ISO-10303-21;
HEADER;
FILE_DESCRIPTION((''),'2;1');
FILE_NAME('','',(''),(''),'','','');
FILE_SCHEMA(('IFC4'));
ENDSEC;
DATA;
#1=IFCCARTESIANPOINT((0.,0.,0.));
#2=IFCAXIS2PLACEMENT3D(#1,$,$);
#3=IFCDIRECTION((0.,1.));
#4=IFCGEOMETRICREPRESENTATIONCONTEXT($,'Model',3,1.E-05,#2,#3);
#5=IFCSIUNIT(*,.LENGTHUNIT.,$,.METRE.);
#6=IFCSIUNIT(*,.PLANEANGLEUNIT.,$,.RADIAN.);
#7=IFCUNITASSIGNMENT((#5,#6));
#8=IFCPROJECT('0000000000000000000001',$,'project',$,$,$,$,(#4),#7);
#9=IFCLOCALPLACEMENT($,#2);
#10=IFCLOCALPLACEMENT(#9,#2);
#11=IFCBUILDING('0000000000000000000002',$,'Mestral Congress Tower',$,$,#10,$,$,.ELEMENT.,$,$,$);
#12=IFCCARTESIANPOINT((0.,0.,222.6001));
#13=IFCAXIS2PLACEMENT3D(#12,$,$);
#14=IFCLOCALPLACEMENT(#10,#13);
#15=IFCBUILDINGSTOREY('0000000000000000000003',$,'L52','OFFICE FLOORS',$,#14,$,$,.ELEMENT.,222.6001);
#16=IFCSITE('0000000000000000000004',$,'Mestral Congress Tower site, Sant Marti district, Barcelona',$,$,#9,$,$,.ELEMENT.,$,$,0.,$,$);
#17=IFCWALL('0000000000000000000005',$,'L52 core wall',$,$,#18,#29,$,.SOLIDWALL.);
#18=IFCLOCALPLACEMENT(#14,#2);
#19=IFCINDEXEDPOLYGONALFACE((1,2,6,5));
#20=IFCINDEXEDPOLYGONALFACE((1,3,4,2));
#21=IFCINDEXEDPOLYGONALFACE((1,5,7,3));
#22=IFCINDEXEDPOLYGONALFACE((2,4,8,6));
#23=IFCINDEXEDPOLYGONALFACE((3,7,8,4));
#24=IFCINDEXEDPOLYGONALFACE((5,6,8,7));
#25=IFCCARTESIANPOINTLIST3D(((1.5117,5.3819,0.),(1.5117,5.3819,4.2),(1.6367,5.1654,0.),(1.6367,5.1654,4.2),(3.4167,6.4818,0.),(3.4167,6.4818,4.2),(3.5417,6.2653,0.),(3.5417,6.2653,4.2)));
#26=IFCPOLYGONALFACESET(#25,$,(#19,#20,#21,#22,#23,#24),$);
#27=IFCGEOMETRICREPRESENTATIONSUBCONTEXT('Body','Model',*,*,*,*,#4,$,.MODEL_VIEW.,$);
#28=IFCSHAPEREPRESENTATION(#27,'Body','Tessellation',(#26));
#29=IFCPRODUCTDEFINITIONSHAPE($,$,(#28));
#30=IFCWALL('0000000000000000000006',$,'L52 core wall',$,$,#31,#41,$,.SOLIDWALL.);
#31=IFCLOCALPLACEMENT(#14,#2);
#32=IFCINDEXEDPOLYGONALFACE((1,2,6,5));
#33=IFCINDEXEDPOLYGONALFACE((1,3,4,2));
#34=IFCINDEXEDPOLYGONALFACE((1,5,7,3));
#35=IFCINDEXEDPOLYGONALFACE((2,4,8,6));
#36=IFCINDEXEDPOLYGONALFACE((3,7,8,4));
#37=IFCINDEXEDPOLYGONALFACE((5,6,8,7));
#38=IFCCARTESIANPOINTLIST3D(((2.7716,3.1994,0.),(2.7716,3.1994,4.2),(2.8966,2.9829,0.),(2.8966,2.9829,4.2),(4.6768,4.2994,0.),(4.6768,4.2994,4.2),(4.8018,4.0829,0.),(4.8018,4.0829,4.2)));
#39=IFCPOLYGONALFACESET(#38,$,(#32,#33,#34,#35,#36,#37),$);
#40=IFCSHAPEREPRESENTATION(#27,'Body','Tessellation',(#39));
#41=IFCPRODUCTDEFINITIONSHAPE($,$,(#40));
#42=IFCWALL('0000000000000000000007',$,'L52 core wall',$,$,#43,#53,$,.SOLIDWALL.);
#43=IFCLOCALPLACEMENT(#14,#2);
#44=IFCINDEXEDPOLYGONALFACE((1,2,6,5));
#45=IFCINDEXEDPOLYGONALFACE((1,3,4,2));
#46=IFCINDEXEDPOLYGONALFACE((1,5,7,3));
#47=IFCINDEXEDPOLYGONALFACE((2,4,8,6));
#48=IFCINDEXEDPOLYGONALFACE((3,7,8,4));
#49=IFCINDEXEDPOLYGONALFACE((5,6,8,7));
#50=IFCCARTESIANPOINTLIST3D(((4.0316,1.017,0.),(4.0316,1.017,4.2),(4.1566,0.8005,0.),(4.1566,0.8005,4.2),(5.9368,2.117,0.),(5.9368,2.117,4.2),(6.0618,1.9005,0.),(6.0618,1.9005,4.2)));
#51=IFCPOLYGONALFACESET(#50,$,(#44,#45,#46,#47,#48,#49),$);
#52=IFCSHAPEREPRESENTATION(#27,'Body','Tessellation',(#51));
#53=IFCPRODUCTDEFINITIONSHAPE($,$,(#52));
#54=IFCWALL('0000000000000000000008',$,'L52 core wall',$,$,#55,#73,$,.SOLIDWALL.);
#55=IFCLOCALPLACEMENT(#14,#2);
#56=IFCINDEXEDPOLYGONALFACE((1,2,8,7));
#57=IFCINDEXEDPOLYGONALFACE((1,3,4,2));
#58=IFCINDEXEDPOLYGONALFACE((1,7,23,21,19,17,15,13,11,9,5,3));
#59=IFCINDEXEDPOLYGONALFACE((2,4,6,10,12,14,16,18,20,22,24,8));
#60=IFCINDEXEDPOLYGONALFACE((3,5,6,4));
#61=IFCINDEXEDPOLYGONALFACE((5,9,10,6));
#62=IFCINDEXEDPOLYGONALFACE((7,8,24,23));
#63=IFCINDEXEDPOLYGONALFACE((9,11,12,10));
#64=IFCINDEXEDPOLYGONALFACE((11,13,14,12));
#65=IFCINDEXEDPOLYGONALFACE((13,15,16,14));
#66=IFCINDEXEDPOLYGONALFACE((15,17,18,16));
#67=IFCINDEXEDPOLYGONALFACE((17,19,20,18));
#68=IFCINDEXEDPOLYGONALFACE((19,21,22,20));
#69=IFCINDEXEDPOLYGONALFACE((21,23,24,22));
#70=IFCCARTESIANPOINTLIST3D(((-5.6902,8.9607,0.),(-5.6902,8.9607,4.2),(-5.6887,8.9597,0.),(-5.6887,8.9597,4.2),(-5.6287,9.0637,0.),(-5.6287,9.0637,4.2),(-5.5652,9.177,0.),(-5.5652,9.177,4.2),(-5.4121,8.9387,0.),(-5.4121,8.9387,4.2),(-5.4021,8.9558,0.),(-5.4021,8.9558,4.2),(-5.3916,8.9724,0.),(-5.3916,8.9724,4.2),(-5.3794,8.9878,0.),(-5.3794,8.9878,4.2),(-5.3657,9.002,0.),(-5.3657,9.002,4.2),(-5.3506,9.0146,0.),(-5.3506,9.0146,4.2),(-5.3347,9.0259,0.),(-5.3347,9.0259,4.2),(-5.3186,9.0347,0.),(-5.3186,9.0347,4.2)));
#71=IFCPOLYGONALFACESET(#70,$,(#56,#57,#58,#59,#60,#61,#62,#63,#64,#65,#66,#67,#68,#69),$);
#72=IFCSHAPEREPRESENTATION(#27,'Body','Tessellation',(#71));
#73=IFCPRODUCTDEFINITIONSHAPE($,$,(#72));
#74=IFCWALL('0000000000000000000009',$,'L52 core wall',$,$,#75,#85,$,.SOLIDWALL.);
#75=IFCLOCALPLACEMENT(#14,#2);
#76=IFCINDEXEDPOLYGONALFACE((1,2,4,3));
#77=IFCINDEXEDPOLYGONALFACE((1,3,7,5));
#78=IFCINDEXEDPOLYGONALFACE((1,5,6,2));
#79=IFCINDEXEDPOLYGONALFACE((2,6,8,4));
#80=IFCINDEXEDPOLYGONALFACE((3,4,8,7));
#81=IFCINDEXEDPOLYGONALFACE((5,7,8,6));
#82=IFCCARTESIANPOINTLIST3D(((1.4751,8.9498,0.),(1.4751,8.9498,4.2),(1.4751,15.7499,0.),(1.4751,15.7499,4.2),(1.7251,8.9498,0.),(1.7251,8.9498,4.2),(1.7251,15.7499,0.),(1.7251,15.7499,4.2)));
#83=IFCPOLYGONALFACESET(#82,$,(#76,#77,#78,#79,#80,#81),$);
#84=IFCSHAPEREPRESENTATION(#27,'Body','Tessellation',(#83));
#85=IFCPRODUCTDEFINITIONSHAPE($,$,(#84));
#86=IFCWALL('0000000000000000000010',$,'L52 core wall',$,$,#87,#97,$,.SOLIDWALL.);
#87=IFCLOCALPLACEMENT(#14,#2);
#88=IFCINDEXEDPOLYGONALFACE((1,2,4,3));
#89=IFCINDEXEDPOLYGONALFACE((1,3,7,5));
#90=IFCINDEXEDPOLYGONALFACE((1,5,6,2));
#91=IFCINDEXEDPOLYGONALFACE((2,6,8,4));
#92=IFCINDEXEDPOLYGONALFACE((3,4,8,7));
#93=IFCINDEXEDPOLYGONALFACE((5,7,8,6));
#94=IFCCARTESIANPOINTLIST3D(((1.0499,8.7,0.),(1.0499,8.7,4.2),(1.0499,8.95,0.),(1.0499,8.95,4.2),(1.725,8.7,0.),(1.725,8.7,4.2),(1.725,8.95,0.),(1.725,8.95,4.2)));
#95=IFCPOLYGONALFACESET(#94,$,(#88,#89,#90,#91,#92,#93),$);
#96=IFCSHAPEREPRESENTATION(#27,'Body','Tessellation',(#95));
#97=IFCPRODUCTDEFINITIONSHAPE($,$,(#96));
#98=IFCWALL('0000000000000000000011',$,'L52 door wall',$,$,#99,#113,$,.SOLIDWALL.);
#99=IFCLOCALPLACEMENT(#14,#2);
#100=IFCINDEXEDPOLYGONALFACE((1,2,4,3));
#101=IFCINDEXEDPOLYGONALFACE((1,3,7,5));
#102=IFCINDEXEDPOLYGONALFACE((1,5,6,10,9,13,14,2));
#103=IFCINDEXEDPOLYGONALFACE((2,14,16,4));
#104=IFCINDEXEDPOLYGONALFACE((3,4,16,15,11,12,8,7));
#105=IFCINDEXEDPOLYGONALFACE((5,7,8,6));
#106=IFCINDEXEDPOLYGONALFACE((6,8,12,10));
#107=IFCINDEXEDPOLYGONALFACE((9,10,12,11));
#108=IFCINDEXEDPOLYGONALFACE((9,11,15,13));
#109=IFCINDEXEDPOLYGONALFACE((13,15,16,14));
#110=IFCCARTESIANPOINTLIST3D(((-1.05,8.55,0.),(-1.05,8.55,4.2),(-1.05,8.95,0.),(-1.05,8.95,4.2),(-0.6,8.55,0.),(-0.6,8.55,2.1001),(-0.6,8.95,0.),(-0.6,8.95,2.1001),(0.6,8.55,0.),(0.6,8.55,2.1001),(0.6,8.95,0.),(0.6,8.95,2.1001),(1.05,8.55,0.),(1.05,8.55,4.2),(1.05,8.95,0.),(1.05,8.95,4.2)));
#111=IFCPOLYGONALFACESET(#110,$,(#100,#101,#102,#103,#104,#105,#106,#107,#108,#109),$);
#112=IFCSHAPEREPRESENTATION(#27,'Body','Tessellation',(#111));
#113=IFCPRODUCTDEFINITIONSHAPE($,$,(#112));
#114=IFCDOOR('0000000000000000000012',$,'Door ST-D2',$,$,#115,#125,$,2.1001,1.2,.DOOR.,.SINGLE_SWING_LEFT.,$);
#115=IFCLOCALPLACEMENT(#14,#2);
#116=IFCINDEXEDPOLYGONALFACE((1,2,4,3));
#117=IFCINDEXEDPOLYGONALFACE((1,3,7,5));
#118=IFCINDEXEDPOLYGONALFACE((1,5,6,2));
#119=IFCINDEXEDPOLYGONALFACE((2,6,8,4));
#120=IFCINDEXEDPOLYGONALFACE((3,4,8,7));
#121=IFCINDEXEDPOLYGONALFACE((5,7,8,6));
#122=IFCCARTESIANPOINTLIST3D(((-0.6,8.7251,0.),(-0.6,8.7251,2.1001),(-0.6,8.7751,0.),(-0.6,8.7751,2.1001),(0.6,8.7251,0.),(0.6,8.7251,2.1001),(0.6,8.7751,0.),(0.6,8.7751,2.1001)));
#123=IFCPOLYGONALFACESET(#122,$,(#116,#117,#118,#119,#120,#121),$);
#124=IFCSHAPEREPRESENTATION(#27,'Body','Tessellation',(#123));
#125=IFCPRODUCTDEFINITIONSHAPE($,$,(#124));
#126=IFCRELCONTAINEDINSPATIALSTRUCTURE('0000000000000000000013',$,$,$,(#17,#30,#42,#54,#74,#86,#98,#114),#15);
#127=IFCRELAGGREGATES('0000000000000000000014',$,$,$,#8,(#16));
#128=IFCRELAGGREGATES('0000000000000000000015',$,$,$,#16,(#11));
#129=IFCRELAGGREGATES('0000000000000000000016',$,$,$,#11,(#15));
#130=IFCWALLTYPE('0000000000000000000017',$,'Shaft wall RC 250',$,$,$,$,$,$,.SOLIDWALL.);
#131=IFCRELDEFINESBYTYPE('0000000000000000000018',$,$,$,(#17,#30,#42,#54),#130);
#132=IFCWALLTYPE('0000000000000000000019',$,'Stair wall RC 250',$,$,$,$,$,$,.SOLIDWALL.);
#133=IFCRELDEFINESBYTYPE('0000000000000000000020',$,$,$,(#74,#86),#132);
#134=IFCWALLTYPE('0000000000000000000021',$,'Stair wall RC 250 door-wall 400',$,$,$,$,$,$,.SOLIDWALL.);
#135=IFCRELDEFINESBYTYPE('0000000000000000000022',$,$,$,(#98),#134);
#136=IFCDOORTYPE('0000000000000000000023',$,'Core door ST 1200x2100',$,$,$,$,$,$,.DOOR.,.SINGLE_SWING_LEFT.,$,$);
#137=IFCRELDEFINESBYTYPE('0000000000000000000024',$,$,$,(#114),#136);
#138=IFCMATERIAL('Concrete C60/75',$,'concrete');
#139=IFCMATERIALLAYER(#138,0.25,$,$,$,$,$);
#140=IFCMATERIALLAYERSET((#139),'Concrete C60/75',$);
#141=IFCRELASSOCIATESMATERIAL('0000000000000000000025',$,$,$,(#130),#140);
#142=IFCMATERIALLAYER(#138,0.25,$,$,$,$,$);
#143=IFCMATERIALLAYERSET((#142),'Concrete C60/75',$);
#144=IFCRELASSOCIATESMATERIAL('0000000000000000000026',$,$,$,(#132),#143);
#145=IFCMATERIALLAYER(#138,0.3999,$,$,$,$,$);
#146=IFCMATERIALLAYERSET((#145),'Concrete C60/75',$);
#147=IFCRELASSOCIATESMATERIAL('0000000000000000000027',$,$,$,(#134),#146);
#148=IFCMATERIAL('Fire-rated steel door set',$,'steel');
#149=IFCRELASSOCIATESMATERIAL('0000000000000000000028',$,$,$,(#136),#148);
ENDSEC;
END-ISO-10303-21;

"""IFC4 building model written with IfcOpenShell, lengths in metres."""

from ifc_helpers import new_model, si_unit, direction, frame, frame_2d, origin, place, context, subcontext, project, spatial, polyline, rectangle, outline, extrude, material, layer, layer_set, type_object, element, fill, save


model = new_model("IFC4")

# Units and contexts
model_context = context("Model", 3, precision=1e-05, world=origin(), true_north=direction((0.0, 1.0)))
body_context = subcontext(model_context, "Body", "Model", "MODEL_VIEW")
ifc_project = project(units=[si_unit("LENGTHUNIT", "METRE"), si_unit("PLANEANGLEUNIT", "RADIAN")], contexts=[model_context])

# Site, building, storey
site_placement = place(None, origin())
site = spatial("IfcSite", under=ifc_project, at=site_placement, Name="Mestral Congress Tower site, Sant Marti district, Barcelona", CompositionType="ELEMENT", RefElevation=0.0)
building_placement = place(site_placement, origin())
building = spatial("IfcBuilding", under=site, at=building_placement, Name="Mestral Congress Tower", CompositionType="ELEMENT")
storey_placement = place(building_placement, frame((0.0, 0.0, 222.6001)))
storey = spatial("IfcBuildingStorey", under=building, at=storey_placement, Name="L52", Description="OFFICE FLOORS", CompositionType="ELEMENT", Elevation=222.6001)

# Shared definitions
ifc_material_1 = material(Name="Concrete C60/75", Category="concrete")

# Shared definitions
ifc_material_2 = material(Name="Fire-rated steel door set", Category="steel")

# Walls
ifc_layer_1 = layer(ifc_material_1, 0.25)
ifc_layer_set_1 = layer_set([ifc_layer_1], Name="Concrete C60/75")
wall_type_1 = type_object("IfcWallType", Name="Shaft wall RC 250", PredefinedType="SOLIDWALL", material=ifc_layer_set_1)
wall_1_placement = place(storey_placement, frame((1.5742, 5.2737, 0.0), z_axis=(0.0, 0.0, 1.0), x_axis=(0.866028, 0.499995, 0.0)))
element("IfcWall", 1, at=wall_1_placement, inside=storey, type_object=wall_type_1, Name="L52 core wall", PredefinedType="SOLIDWALL", context=body_context, shape_type="SweptSolid", body=[
    extrude(rectangle(XDim=2.1997, YDim=0.25, at=frame_2d((1.0999, 0.0))), origin(), (0.0, 0.0, 1.0), 4.2),
])
for number, where, z_axis, x_axis, name in (
    (2, (2.834, 3.0911, 0.0), (0.0, 0.0, 1.0), (0.866008, 0.50003, 0.0), "L52 core wall"),
    (3, (4.094, 0.9087, 0.0), (0.0, 0.0, 1.0), (0.866008, 0.50003, 0.0), "L52 core wall"),
):
    element("IfcWall", number, at=place(storey_placement, frame(where, z_axis=z_axis, x_axis=x_axis)), inside=storey, type_object=wall_type_1, Name=name, PredefinedType="SOLIDWALL", context=body_context, shape_type="SweptSolid", body=[
        extrude(rectangle(XDim=2.2, YDim=0.25, at=frame_2d((1.1001, 0.0))), origin(), (0.0, 0.0, 1.0), 4.2),
    ])
wall_2_placement = place(storey_placement, origin())
element("IfcWall", 4, at=wall_2_placement, inside=storey, type_object=wall_type_1, Name="L52 core wall", PredefinedType="SOLIDWALL", context=body_context, shape_type="SweptSolid", body=[
    extrude(outline(polyline([(-5.6887, 8.9597), (-5.6902, 8.9607), (-5.5652, 9.177), (-5.3186, 9.0347), (-5.3347, 9.0259), (-5.3506, 9.0146), (-5.3657, 9.002), (-5.3794, 8.9878), (-5.3916, 8.9724), (-5.4021, 8.9558), (-5.4121, 8.9387), (-5.6287, 9.0637), (-5.6287, 9.0637), (-5.6887, 8.9597)])), origin(), (0.0, 0.0, 1.0), 4.2),
])
ifc_layer_2 = layer(ifc_material_1, 0.25)
ifc_layer_set_2 = layer_set([ifc_layer_2], Name="Concrete C60/75")
wall_type_2 = type_object("IfcWallType", Name="Stair wall RC 250", PredefinedType="SOLIDWALL", material=ifc_layer_set_2)
wall_3_placement = place(storey_placement, frame((1.6001, 8.95, 0.0), z_axis=(0.0, 0.0, 1.0), x_axis=(0.0, 1.0, 0.0)))
element("IfcWall", 5, at=wall_3_placement, inside=storey, type_object=wall_type_2, Name="L52 core wall", PredefinedType="SOLIDWALL", context=body_context, shape_type="SweptSolid", body=[
    extrude(rectangle(XDim=6.8, YDim=0.25, at=frame_2d((3.3999, 0.0))), origin(), (0.0, 0.0, 1.0), 4.2),
])
wall_4_placement = place(storey_placement, frame((1.05, 8.825, 0.0), z_axis=(0.0, 0.0, 1.0), x_axis=(1.0, 0.0, 0.0)))
element("IfcWall", 6, at=wall_4_placement, inside=storey, type_object=wall_type_2, Name="L52 core wall", PredefinedType="SOLIDWALL", context=body_context, shape_type="SweptSolid", body=[
    extrude(rectangle(XDim=0.675, YDim=0.25, at=frame_2d((0.3374, 0.0))), origin(), (0.0, 0.0, 1.0), 4.2),
])

# Wall, opening, door
ifc_layer_3 = layer(ifc_material_1, 0.3999)
ifc_layer_set_3 = layer_set([ifc_layer_3], Name="Concrete C60/75")
wall_type_3 = type_object("IfcWallType", Name="Stair wall RC 250 door-wall 400", PredefinedType="SOLIDWALL", material=ifc_layer_set_3)
wall_5_placement = place(storey_placement, frame((1.05, 8.75, 0.0), z_axis=(0.0, 0.0, 1.0), x_axis=(-1.0, 0.0, 0.0)))
wall_5 = element("IfcWall", 7, at=wall_5_placement, inside=storey, type_object=wall_type_3, Name="L52 door wall", PredefinedType="SOLIDWALL", context=body_context, shape_type="SweptSolid", body=[
    extrude(rectangle(XDim=2.1001, YDim=0.3999, at=frame_2d((1.05, 0.0))), origin(), (0.0, 0.0, 1.0), 4.2),
])
opening_1_placement = place(wall_5_placement, frame((0.45, 0.0, 0.0)))
opening_1 = element("IfcOpeningElement", 8, at=opening_1_placement, cuts=wall_5, PredefinedType="OPENING", context=body_context, shape_type="SweptSolid", body=[
    extrude(rectangle(XDim=1.2, YDim=2.1001, at=frame_2d((0.6001, 1.05))), frame((0.0, 0.21, 0.0), z_axis=(0.0, -1.0, 0.0), x_axis=(1.0, 0.0, 0.0)), (0.0, 0.0, 1.0), 0.4199),
])
door_type_1 = type_object("IfcDoorType", Name="Core door ST 1200x2100", OperationType="SINGLE_SWING_LEFT", PredefinedType="DOOR", material=ifc_material_2)
door_1_placement = place(opening_1_placement, origin())
door_1 = element("IfcDoor", 9, at=door_1_placement, inside=storey, type_object=door_type_1, Name="Door ST-D2", OperationType="SINGLE_SWING_LEFT", OverallHeight=2.1001, OverallWidth=1.2, PredefinedType="DOOR", context=body_context, shape_type="SweptSolid", body=[
    extrude(rectangle(XDim=1.2, YDim=2.1001, at=frame_2d((0.6001, 1.05))), frame((0.0, 0.0249, 0.0), z_axis=(0.0, -1.0, 0.0), x_axis=(1.0, 0.0, 0.0)), (0.0, 0.0, 1.0), 0.05),
])
fill(opening_1, door_1)

save(model, "model.ifc")
